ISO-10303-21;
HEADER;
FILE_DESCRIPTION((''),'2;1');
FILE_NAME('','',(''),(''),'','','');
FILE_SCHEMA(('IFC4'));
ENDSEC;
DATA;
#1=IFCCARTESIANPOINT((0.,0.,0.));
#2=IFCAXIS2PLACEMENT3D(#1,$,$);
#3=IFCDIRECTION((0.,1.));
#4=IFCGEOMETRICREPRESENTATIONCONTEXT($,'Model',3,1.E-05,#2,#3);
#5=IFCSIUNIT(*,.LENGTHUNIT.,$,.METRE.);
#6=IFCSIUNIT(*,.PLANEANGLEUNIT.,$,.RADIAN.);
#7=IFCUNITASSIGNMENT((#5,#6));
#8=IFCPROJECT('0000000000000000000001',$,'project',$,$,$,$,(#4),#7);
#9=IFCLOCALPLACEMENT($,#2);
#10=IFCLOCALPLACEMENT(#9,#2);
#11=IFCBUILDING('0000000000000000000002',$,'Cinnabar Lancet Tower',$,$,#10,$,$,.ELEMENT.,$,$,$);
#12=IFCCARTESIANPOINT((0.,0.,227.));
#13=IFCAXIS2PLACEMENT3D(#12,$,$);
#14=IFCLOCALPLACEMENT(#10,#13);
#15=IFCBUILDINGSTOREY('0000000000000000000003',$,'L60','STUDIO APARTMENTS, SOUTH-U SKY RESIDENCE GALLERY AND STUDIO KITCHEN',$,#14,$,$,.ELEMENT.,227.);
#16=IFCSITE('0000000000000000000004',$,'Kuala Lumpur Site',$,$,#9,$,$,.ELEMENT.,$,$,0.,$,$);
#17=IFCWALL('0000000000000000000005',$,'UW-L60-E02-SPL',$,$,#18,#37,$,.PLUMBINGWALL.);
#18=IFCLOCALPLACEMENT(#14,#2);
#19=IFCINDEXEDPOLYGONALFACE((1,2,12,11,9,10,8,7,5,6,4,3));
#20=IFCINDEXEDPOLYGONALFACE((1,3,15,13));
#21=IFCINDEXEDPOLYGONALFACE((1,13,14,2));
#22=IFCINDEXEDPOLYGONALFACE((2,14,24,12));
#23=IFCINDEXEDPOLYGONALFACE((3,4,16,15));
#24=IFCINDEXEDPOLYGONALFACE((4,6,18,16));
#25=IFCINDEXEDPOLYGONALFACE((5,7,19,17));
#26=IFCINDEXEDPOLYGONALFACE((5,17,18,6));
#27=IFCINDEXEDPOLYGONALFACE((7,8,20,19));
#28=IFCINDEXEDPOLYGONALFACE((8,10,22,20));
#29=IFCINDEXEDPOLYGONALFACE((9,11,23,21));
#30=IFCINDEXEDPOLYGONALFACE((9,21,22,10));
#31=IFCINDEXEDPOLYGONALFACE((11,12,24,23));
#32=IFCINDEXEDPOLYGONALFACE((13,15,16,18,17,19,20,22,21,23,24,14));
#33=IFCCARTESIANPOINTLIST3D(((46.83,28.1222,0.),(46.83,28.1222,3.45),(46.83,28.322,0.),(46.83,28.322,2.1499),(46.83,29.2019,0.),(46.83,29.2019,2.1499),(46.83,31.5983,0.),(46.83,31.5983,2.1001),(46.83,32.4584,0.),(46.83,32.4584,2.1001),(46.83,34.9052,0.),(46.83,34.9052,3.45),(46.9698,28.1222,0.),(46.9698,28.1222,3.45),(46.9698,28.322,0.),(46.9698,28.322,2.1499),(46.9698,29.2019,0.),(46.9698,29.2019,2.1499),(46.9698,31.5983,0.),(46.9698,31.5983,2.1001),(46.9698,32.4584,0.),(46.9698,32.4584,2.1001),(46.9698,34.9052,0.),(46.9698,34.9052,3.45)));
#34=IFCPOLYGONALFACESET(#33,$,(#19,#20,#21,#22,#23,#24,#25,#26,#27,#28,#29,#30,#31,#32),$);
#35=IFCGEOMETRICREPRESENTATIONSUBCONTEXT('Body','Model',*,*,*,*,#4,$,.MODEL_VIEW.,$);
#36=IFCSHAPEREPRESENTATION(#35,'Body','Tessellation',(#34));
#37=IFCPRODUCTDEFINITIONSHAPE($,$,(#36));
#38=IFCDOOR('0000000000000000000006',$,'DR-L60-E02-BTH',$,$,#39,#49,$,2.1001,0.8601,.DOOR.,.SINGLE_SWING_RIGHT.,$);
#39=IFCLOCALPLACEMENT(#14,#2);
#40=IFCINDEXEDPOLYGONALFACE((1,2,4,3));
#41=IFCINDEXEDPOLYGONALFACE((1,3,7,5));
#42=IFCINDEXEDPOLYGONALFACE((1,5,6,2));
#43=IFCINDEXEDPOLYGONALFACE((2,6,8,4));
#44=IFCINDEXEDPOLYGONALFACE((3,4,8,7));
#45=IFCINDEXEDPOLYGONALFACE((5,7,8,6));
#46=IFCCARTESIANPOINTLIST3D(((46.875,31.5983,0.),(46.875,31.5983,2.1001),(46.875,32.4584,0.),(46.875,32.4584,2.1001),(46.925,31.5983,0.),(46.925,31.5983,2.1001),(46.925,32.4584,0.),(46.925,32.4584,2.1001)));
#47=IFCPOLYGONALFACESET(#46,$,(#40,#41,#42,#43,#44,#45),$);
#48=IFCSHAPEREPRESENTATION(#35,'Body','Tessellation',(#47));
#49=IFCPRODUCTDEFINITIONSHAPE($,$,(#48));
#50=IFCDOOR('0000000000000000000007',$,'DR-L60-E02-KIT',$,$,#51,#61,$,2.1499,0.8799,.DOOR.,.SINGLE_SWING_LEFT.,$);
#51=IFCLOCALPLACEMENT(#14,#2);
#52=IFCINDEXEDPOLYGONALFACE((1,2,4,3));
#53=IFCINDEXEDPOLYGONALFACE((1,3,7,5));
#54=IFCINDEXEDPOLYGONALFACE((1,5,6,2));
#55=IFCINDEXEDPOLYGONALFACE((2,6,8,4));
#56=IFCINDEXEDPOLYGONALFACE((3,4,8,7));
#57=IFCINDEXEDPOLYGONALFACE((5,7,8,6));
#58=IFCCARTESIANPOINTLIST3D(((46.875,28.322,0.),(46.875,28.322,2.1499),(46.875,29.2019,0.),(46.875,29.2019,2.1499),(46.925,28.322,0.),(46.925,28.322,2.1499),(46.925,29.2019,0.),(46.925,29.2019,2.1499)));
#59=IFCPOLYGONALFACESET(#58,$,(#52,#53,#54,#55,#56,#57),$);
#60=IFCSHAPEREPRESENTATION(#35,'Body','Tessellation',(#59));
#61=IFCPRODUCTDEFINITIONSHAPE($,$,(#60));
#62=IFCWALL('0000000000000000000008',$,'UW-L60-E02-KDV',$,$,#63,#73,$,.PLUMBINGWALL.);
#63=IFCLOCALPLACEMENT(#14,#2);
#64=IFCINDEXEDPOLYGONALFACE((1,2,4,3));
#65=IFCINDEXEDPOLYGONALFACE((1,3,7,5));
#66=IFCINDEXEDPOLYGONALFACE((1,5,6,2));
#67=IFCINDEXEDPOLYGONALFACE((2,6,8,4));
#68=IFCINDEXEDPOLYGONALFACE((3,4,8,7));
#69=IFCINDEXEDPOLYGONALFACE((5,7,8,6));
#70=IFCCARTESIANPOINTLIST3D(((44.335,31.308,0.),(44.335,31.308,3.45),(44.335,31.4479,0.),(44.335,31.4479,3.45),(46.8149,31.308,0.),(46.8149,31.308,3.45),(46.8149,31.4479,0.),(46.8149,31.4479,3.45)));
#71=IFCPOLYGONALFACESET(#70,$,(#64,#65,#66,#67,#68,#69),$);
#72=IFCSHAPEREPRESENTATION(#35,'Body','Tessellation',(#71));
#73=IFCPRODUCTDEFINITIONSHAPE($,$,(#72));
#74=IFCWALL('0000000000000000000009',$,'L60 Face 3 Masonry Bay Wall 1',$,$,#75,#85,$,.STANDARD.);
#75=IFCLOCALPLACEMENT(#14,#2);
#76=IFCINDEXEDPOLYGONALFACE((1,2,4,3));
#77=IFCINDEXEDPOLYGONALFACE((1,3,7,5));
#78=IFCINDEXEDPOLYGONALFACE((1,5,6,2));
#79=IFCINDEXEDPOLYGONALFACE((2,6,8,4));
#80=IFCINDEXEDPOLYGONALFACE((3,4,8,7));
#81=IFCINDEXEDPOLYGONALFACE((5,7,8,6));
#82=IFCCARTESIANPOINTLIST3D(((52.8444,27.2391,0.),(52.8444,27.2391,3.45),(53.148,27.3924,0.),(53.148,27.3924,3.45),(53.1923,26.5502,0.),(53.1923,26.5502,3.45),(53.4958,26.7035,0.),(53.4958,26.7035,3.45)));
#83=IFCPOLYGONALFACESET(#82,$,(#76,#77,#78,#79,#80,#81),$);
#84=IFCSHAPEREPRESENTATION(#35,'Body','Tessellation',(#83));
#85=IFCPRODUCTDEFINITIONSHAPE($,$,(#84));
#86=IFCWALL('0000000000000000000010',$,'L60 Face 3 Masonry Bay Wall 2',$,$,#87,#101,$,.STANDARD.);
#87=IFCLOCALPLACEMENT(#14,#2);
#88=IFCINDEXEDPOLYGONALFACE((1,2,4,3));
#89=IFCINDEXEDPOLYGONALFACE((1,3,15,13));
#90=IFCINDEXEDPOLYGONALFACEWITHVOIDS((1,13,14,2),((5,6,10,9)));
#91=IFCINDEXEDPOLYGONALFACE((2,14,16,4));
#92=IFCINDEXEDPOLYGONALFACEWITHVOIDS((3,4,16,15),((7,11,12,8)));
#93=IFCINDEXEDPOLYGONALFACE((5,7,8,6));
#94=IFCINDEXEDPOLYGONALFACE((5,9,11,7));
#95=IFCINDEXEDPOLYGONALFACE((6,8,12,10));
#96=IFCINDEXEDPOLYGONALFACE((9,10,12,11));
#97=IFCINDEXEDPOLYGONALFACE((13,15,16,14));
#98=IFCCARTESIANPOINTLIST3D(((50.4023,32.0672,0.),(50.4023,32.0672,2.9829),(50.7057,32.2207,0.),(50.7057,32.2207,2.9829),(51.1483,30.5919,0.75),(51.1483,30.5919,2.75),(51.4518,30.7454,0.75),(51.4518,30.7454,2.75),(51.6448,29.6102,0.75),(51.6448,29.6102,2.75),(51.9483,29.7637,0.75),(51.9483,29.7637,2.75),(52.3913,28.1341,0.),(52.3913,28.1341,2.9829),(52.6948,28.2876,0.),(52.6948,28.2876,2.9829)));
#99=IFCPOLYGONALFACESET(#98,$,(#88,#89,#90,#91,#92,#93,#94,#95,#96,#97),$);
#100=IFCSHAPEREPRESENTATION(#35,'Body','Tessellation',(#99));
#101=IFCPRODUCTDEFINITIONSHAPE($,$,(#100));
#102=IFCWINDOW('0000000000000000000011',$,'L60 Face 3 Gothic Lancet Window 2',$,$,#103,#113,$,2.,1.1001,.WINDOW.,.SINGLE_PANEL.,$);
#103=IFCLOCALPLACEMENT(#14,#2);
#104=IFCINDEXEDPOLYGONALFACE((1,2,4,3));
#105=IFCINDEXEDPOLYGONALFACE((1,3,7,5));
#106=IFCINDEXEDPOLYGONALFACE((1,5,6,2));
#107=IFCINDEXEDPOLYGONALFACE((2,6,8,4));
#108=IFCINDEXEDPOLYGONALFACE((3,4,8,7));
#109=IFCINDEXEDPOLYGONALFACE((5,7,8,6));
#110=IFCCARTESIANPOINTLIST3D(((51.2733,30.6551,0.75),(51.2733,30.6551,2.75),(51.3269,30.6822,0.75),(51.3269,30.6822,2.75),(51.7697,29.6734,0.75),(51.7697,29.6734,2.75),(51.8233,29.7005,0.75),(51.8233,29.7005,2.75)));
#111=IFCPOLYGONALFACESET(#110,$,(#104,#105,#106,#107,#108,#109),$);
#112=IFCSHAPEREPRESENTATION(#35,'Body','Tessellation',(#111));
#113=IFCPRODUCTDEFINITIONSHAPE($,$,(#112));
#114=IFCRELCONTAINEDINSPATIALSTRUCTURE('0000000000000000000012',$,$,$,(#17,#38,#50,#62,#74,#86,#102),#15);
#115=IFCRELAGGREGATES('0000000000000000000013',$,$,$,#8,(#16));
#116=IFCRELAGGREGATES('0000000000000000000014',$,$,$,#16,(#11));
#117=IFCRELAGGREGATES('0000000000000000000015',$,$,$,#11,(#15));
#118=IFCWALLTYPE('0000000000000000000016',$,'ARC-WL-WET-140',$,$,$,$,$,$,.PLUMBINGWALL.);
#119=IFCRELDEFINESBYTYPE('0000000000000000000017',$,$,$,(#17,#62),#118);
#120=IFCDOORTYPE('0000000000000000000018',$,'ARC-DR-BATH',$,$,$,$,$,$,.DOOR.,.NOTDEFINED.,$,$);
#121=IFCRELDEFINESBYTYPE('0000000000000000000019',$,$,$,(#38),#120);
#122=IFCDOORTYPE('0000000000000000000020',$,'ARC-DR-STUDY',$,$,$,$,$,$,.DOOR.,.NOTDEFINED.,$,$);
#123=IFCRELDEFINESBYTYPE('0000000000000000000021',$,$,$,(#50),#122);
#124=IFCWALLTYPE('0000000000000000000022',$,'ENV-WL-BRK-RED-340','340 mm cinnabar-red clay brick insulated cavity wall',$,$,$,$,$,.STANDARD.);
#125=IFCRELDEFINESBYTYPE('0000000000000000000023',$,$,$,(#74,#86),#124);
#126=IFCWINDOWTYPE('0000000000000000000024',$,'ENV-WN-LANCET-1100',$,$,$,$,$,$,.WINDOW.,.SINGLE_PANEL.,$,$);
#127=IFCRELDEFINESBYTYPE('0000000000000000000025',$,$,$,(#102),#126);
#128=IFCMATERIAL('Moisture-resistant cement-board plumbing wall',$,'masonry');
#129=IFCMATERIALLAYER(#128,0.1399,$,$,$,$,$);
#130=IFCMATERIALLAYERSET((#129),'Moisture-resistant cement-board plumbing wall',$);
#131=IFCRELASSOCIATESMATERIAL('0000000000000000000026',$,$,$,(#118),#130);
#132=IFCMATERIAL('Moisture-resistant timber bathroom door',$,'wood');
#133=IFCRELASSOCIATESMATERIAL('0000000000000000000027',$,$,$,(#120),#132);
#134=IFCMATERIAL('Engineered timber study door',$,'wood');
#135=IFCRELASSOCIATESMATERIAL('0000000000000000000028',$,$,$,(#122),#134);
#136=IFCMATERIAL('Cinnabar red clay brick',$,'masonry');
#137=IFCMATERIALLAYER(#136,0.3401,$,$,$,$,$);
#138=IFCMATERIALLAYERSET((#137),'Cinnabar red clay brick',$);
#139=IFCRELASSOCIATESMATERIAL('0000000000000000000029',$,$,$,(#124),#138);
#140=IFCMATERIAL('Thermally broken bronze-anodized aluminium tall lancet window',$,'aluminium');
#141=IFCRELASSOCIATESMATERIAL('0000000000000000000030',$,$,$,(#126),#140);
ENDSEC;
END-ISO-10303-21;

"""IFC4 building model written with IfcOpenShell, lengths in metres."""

from ifc_helpers import new_model, si_unit, direction, frame, frame_2d, origin, place, context, subcontext, project, spatial, rectangle, extrude, material, layer, layer_set, type_object, element, fill, save


model = new_model("IFC4")

# Units and contexts
model_context = context("Model", 3, precision=1e-05, world=origin(), true_north=direction((0.0, 1.0)))
body_context = subcontext(model_context, "Body", "Model", "MODEL_VIEW")
ifc_project = project(units=[si_unit("LENGTHUNIT", "METRE"), si_unit("PLANEANGLEUNIT", "RADIAN")], contexts=[model_context])

# Site, building, storey
site_placement = place(None, origin())
site = spatial("IfcSite", under=ifc_project, at=site_placement, Name="Kuala Lumpur Site", CompositionType="ELEMENT", RefElevation=0.0)
building_placement = place(site_placement, origin())
building = spatial("IfcBuilding", under=site, at=building_placement, Name="Cinnabar Lancet Tower", CompositionType="ELEMENT")
storey_placement = place(building_placement, frame((0.0, 0.0, 227.0)))
storey = spatial("IfcBuildingStorey", under=building, at=storey_placement, Name="L60", Description="STUDIO APARTMENTS, SOUTH-U SKY RESIDENCE GALLERY AND STUDIO KITCHEN", CompositionType="ELEMENT", Elevation=227.0)

# Wall, openings, doors
ifc_material_1 = material(Name="Moisture-resistant cement-board plumbing wall", Category="masonry")
ifc_layer_1 = layer(ifc_material_1, 0.1399)
ifc_layer_set_1 = layer_set([ifc_layer_1], Name="Moisture-resistant cement-board plumbing wall")
wall_type_1 = type_object("IfcWallType", Name="ARC-WL-WET-140", PredefinedType="PLUMBINGWALL", material=ifc_layer_set_1)
wall_1_placement = place(storey_placement, frame((46.8999, 28.1221, 0.0), z_axis=(0.0, 0.0, 1.0), x_axis=(0.0, 1.0, 0.0)))
wall_1 = element("IfcWall", 1, at=wall_1_placement, inside=storey, type_object=wall_type_1, Name="UW-L60-E02-SPL", PredefinedType="PLUMBINGWALL", context=body_context, shape_type="SweptSolid", body=[
    extrude(rectangle(XDim=6.783, YDim=0.1399, at=frame_2d((3.3916, 0.0))), origin(), (0.0, 0.0, 1.0), 3.45),
])
opening_1_placement = place(wall_1_placement, frame((3.4761, 0.0, 0.0)))
opening_1 = element("IfcOpeningElement", 2, at=opening_1_placement, cuts=wall_1, PredefinedType="OPENING", context=body_context, shape_type="SweptSolid", body=[
    extrude(rectangle(XDim=0.8601, YDim=2.1001, at=frame_2d((0.4302, 1.05))), frame((0.0, 0.0798, 0.0), z_axis=(0.0, -1.0, 0.0), x_axis=(1.0, 0.0, 0.0)), (0.0, 0.0, 1.0), 0.1599),
])
opening_2_placement = place(wall_1_placement, frame((0.2, 0.0, 0.0)))
opening_2 = element("IfcOpeningElement", 3, at=opening_2_placement, cuts=wall_1, PredefinedType="OPENING", context=body_context, shape_type="SweptSolid", body=[
    extrude(rectangle(XDim=0.8799, YDim=2.1499, at=frame_2d((0.4399, 1.075))), frame((0.0, 0.0798, 0.0), z_axis=(0.0, -1.0, 0.0), x_axis=(1.0, 0.0, 0.0)), (0.0, 0.0, 1.0), 0.1599),
])
ifc_material_2 = material(Name="Moisture-resistant timber bathroom door", Category="wood")
door_type_1 = type_object("IfcDoorType", Name="ARC-DR-BATH", OperationType="NOTDEFINED", PredefinedType="DOOR", material=ifc_material_2)
door_1_placement = place(opening_1_placement, origin())
door_1 = element("IfcDoor", 4, at=door_1_placement, inside=storey, type_object=door_type_1, Name="DR-L60-E02-BTH", OperationType="SINGLE_SWING_RIGHT", OverallHeight=2.1001, OverallWidth=0.8601, PredefinedType="DOOR", context=body_context, shape_type="SweptSolid", body=[
    extrude(rectangle(XDim=0.8601, YDim=2.1001, at=frame_2d((0.4302, 1.05))), frame((0.0, 0.0249, 0.0), z_axis=(0.0, -1.0, 0.0), x_axis=(1.0, 0.0, 0.0)), (0.0, 0.0, 1.0), 0.05),
])
fill(opening_1, door_1)
ifc_material_3 = material(Name="Engineered timber study door", Category="wood")
door_type_2 = type_object("IfcDoorType", Name="ARC-DR-STUDY", OperationType="NOTDEFINED", PredefinedType="DOOR", material=ifc_material_3)
door_2_placement = place(opening_2_placement, origin())
door_2 = element("IfcDoor", 5, at=door_2_placement, inside=storey, type_object=door_type_2, Name="DR-L60-E02-KIT", OperationType="SINGLE_SWING_LEFT", OverallHeight=2.1499, OverallWidth=0.8799, PredefinedType="DOOR", context=body_context, shape_type="SweptSolid", body=[
    extrude(rectangle(XDim=0.8799, YDim=2.1499, at=frame_2d((0.4399, 1.075))), frame((0.0, 0.0249, 0.0), z_axis=(0.0, -1.0, 0.0), x_axis=(1.0, 0.0, 0.0)), (0.0, 0.0, 1.0), 0.05),
])
fill(opening_2, door_2)

# Walls
wall_2_placement = place(storey_placement, frame((44.335, 31.3779, 0.0), z_axis=(0.0, 0.0, 1.0), x_axis=(1.0, 0.0, 0.0)))
element("IfcWall", 6, at=wall_2_placement, inside=storey, type_object=wall_type_1, Name="UW-L60-E02-KDV", PredefinedType="PLUMBINGWALL", context=body_context, shape_type="SweptSolid", body=[
    extrude(rectangle(XDim=2.48, YDim=0.1399, at=frame_2d((1.24, 0.0))), origin(), (0.0, 0.0, 1.0), 3.45),
])
ifc_material_4 = material(Name="Cinnabar red clay brick", Category="masonry")
ifc_layer_2 = layer(ifc_material_4, 0.3401)
ifc_layer_set_2 = layer_set([ifc_layer_2], Name="Cinnabar red clay brick")
wall_type_2 = type_object("IfcWallType", Name="ENV-WL-BRK-RED-340", Description="340 mm cinnabar-red clay brick insulated cavity wall", PredefinedType="STANDARD", material=ifc_layer_set_2)
wall_3_placement = place(storey_placement, frame((53.344, 26.627, 0.0), z_axis=(0.0, 0.0, 1.0), x_axis=(-0.450753, 0.892649, 0.0)))
element("IfcWall", 7, at=wall_3_placement, inside=storey, type_object=wall_type_2, Name="L60 Face 3 Masonry Bay Wall 1", PredefinedType="STANDARD", context=body_context, shape_type="SweptSolid", body=[
    extrude(rectangle(XDim=0.7717, YDim=0.3401, at=frame_2d((0.3857, 0.0))), origin(), (0.0, 0.0, 1.0), 3.45),
])

# Wall, opening, window
wall_4_placement = place(storey_placement, frame((52.543, 28.2109, 0.0), z_axis=(0.0, 0.0, 1.0), x_axis=(-0.451286, 0.892379, 0.0)))
wall_4 = element("IfcWall", 8, at=wall_4_placement, inside=storey, type_object=wall_type_2, Name="L60 Face 3 Masonry Bay Wall 2", PredefinedType="STANDARD", context=body_context, shape_type="SweptSolid", body=[
    extrude(rectangle(XDim=4.4075, YDim=0.3401, at=frame_2d((2.2036, 0.0))), origin(), (0.0, 0.0, 1.0), 2.9829),
])
opening_3_placement = place(wall_4_placement, frame((1.6541, 0.0, 0.75)))
opening_3 = element("IfcOpeningElement", 9, at=opening_3_placement, cuts=wall_4, PredefinedType="OPENING", context=body_context, shape_type="SweptSolid", body=[
    extrude(rectangle(XDim=1.1001, YDim=2.0, at=frame_2d((0.55, 1.0))), frame((0.0, 0.1799, 0.0), z_axis=(0.0, -1.0, 0.0), x_axis=(1.0, 0.0, 0.0)), (0.0, 0.0, 1.0), 0.3601),
])
ifc_material_5 = material(Name="Thermally broken bronze-anodized aluminium tall lancet window", Category="aluminium")
window_type = type_object("IfcWindowType", Name="ENV-WN-LANCET-1100", PartitioningType="SINGLE_PANEL", PredefinedType="WINDOW", material=ifc_material_5)
window_placement = place(opening_3_placement, origin())
window = element("IfcWindow", 10, at=window_placement, inside=storey, type_object=window_type, Name="L60 Face 3 Gothic Lancet Window 2", OverallHeight=2.0, OverallWidth=1.1001, PartitioningType="SINGLE_PANEL", PredefinedType="WINDOW", context=body_context, shape_type="SweptSolid", body=[
    extrude(rectangle(XDim=1.1001, YDim=2.0, at=frame_2d((0.55, 1.0))), frame((0.0, 0.03, 0.0), z_axis=(0.0, -1.0, 0.0), x_axis=(1.0, 0.0, 0.0)), (0.0, 0.0, 1.0), 0.0601),
])
fill(opening_3, window)

save(model, "model.ifc")
